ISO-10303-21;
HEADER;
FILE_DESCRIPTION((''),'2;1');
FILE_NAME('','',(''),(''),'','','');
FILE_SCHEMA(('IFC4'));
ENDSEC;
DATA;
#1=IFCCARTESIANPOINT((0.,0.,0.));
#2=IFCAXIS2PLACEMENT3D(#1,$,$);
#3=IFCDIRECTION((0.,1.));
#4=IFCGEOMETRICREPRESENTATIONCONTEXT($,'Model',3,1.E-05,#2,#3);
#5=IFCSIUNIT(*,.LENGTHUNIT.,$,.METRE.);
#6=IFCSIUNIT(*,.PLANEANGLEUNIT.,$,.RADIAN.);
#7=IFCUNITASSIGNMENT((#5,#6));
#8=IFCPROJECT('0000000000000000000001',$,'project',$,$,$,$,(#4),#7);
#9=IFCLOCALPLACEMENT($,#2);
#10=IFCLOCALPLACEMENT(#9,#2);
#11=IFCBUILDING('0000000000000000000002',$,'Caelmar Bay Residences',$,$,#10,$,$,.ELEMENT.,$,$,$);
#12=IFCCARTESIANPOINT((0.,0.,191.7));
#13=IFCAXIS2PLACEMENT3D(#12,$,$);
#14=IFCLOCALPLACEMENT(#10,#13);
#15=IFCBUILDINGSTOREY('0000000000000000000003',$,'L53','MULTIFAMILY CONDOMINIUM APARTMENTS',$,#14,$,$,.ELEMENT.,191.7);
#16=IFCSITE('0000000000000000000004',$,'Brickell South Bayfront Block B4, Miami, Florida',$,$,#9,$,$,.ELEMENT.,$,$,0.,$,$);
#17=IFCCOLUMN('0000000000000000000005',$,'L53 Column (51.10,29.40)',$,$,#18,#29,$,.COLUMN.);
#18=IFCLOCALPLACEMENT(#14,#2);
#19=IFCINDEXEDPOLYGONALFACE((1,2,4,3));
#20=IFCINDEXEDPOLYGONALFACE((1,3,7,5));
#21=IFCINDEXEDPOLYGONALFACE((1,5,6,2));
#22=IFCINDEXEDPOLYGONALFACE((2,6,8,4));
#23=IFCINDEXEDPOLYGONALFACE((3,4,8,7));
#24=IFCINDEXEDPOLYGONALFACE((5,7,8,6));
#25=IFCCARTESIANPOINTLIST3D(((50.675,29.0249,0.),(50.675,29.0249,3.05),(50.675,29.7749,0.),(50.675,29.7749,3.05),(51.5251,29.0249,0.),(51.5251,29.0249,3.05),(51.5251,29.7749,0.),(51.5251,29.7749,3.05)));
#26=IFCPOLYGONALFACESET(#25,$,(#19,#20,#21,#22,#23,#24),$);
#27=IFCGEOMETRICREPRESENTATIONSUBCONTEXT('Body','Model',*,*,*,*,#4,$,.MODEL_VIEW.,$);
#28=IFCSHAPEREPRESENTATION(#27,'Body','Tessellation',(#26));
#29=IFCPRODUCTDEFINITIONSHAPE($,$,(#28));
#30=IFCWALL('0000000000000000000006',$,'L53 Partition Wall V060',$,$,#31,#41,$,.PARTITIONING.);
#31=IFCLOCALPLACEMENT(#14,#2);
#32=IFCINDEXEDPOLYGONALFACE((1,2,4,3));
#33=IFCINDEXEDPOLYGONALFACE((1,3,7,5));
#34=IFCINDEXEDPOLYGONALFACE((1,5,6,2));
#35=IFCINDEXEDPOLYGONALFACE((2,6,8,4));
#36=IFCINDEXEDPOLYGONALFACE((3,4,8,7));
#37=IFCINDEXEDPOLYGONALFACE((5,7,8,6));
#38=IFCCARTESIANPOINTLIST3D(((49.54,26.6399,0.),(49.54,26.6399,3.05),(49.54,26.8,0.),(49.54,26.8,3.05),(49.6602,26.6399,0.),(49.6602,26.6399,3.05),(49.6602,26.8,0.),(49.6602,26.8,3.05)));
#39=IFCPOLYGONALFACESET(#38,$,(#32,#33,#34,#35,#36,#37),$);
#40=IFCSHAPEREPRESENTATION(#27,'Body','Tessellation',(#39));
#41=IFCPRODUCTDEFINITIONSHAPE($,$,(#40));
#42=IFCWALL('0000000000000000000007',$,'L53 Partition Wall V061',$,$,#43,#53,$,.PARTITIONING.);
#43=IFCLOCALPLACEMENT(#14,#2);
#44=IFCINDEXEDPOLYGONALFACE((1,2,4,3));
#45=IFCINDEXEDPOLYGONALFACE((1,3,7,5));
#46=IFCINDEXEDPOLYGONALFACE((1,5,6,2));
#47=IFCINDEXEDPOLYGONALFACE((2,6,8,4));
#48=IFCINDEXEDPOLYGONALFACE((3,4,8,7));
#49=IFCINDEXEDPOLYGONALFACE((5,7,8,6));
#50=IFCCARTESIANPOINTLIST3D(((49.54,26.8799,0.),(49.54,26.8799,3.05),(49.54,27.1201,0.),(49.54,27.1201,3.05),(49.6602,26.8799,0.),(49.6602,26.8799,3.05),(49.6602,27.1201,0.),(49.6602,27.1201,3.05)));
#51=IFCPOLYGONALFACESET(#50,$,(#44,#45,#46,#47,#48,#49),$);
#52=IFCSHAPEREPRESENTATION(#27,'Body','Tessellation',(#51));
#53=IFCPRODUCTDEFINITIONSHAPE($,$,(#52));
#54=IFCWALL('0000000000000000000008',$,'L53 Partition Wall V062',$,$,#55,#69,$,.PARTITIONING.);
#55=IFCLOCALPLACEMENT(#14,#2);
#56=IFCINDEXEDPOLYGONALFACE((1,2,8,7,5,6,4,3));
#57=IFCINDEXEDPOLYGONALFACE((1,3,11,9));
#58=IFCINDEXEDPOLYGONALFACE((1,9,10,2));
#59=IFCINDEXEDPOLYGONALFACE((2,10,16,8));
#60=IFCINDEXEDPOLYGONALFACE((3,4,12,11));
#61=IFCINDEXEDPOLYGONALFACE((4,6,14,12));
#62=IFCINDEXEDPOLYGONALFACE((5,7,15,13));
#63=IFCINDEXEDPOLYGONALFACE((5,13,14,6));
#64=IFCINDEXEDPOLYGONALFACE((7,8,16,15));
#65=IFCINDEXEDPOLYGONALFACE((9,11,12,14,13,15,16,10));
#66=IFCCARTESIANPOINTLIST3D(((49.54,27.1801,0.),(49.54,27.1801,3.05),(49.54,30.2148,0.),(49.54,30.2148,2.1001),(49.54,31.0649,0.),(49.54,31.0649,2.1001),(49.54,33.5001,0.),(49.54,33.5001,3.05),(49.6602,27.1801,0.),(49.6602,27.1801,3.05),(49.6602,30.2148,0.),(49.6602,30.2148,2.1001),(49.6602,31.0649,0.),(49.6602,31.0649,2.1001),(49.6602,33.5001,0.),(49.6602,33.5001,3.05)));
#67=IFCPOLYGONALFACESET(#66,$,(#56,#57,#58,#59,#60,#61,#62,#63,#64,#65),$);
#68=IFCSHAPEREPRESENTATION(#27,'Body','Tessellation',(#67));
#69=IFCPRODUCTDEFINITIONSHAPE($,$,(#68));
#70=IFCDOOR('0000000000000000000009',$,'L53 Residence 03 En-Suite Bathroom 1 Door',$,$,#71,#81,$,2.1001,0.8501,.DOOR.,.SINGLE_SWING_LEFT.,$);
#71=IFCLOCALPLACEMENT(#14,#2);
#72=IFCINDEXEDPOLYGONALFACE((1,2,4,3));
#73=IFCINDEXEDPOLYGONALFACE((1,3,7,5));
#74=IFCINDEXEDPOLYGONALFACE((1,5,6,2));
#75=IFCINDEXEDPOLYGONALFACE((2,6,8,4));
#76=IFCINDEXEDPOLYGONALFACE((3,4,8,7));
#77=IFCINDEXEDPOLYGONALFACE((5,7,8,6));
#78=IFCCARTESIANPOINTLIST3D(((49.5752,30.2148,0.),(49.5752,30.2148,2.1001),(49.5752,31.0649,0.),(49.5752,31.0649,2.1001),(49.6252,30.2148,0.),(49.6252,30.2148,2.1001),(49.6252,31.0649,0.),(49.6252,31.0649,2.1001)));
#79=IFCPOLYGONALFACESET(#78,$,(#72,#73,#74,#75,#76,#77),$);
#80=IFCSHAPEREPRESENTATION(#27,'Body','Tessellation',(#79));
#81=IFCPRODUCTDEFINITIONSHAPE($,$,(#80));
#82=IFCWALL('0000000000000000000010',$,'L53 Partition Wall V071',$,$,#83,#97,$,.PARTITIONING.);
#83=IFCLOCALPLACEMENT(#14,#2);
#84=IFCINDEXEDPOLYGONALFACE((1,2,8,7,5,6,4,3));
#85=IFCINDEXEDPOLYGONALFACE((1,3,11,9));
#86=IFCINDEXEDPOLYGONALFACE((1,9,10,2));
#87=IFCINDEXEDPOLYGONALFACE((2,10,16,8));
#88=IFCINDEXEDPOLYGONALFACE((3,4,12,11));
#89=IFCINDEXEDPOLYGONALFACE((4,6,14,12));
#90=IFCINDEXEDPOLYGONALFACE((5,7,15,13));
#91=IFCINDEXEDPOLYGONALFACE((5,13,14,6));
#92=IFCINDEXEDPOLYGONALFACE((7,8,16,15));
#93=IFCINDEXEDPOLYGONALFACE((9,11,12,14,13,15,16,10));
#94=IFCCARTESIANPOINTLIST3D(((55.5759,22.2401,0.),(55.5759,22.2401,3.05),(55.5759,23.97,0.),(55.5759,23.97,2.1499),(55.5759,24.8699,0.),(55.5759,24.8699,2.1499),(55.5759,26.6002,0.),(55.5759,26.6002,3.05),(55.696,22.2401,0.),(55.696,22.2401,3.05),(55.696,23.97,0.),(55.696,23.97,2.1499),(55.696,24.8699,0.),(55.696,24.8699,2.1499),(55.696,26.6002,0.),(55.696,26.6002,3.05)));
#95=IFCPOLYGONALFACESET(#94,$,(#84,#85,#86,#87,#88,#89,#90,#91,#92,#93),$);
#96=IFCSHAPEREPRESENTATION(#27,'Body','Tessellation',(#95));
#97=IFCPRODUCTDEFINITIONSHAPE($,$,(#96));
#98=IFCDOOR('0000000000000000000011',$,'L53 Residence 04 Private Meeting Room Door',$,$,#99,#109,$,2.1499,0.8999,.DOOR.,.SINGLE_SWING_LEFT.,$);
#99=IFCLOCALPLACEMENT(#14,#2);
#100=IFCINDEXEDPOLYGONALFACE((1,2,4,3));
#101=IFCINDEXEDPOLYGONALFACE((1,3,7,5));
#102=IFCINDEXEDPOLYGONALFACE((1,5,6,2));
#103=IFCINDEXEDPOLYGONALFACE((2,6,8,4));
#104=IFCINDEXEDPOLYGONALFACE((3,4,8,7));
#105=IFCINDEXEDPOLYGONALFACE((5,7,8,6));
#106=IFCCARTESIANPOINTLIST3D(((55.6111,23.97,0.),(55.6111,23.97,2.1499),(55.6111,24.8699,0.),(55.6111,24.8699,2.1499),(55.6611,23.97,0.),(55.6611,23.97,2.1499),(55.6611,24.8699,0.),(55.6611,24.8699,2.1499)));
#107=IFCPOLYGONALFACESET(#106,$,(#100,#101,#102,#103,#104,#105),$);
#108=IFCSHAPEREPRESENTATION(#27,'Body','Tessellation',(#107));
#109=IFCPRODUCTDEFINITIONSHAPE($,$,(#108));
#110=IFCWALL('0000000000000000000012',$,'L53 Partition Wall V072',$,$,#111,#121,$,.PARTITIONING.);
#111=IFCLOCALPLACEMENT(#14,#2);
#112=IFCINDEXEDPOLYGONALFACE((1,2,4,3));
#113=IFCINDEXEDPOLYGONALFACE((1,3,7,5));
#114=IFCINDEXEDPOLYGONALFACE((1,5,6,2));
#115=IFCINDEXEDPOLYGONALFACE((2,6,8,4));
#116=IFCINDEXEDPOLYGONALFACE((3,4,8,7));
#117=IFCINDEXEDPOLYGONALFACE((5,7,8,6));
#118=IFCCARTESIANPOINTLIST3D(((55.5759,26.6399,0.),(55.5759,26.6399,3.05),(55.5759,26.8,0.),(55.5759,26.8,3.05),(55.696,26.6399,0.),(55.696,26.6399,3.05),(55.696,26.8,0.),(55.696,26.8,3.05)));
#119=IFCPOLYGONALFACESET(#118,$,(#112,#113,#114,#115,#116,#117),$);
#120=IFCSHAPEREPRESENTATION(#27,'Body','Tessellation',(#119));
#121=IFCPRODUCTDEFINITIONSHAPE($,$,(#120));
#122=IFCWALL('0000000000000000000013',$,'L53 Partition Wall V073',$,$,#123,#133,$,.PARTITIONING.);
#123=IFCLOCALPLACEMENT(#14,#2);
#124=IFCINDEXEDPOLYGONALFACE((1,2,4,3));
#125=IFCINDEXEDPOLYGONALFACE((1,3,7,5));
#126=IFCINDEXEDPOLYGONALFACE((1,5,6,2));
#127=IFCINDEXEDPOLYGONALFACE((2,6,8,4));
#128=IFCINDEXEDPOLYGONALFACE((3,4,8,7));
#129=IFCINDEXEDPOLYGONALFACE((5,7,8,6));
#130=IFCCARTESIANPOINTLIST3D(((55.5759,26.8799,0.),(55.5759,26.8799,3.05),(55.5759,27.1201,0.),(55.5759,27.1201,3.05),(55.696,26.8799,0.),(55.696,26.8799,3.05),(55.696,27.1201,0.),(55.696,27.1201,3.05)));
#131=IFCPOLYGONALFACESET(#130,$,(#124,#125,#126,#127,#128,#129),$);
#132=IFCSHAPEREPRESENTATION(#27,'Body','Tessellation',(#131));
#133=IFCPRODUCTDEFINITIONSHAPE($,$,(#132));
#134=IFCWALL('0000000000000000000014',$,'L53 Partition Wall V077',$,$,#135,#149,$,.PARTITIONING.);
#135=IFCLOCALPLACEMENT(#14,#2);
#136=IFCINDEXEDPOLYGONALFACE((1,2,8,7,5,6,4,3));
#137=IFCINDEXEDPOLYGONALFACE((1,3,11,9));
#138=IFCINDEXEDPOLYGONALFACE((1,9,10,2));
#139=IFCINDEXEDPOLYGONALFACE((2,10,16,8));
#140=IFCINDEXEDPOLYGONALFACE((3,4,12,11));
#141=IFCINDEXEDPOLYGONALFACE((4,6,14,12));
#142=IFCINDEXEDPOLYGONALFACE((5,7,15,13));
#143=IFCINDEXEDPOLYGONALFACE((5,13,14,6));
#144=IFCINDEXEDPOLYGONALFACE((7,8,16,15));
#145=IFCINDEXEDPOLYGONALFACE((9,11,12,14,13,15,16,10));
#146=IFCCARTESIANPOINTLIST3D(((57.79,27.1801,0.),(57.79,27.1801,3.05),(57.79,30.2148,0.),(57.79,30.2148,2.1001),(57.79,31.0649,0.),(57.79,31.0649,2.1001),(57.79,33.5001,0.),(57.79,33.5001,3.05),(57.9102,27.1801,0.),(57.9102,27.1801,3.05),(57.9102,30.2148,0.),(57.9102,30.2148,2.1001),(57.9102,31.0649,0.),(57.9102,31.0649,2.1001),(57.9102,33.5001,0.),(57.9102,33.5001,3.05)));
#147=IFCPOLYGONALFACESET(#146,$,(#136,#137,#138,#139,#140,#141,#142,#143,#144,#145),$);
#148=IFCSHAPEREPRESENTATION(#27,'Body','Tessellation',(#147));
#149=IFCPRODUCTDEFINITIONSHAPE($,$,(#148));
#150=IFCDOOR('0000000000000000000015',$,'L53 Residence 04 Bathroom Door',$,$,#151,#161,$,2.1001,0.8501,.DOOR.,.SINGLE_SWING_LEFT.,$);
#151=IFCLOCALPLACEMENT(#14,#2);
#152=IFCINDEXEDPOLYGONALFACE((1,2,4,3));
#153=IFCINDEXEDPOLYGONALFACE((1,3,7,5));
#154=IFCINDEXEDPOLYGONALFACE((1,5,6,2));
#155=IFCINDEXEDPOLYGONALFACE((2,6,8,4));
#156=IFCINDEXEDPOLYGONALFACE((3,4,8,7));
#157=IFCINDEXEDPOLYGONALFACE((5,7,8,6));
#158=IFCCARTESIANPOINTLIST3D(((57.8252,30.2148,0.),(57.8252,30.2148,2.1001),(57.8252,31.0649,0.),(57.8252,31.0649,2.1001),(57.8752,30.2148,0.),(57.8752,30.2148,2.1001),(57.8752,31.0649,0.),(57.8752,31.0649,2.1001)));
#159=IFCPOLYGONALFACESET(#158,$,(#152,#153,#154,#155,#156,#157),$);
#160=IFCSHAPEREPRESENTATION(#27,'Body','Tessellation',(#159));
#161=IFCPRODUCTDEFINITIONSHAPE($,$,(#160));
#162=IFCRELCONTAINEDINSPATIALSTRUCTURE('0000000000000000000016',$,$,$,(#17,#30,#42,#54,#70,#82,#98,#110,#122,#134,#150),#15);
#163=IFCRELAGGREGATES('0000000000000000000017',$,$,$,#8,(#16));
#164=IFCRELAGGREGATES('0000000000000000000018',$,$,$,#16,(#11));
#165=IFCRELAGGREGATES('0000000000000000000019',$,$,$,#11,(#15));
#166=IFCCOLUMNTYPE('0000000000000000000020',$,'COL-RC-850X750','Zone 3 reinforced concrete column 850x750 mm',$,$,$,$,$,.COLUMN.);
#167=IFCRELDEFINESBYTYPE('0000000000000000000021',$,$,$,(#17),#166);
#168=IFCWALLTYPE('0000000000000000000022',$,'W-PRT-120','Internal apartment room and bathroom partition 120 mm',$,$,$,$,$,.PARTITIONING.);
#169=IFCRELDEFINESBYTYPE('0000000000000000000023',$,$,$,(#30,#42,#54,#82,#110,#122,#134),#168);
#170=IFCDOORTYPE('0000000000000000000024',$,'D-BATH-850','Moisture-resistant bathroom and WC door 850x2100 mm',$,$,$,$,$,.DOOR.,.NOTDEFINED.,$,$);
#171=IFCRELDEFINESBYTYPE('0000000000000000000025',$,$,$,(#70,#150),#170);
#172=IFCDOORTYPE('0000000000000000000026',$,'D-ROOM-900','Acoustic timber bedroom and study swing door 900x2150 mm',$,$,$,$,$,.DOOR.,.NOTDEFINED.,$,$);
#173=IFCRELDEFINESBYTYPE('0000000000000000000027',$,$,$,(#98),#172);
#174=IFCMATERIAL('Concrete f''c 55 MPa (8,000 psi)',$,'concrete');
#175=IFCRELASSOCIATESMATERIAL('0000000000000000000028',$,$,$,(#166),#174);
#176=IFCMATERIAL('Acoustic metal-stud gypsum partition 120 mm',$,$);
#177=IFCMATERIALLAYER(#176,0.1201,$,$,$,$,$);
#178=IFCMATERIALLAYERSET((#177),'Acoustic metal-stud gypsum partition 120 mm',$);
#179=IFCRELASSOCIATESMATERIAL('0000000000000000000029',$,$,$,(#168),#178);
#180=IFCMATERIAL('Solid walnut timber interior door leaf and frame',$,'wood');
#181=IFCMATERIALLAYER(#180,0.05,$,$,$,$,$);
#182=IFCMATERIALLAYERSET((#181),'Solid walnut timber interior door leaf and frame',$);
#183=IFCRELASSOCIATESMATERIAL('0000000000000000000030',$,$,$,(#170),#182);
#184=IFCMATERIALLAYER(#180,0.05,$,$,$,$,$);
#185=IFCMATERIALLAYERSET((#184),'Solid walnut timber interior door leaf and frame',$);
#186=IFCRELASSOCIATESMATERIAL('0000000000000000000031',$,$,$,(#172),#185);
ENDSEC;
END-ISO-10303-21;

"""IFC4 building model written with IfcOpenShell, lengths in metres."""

from ifc_helpers import new_model, si_unit, direction, frame, frame_2d, origin, origin_2d, place, context, subcontext, project, spatial, rectangle, extrude, material, layer, layer_set, material_profile, profile_set, type_object, element, fill, save


model = new_model("IFC4")

# Units and contexts
model_context = context("Model", 3, precision=1e-05, world=origin(), true_north=direction((0.0, 1.0)))
body_context = subcontext(model_context, "Body", "Model", "MODEL_VIEW")
ifc_project = project(units=[si_unit("LENGTHUNIT", "METRE"), si_unit("PLANEANGLEUNIT", "RADIAN")], contexts=[model_context])

# Site, building, storey
site_placement = place(None, origin())
site = spatial("IfcSite", under=ifc_project, at=site_placement, Name="Brickell South Bayfront Block B4, Miami, Florida", CompositionType="ELEMENT", RefElevation=0.0)
building_placement = place(site_placement, origin())
building = spatial("IfcBuilding", under=site, at=building_placement, Name="Caelmar Bay Residences", CompositionType="ELEMENT")
storey_placement = place(building_placement, frame((0.0, 0.0, 191.7)))
storey = spatial("IfcBuildingStorey", under=building, at=storey_placement, Name="L53", Description="MULTIFAMILY CONDOMINIUM APARTMENTS", CompositionType="ELEMENT", Elevation=191.7)

# Column
ifc_material_1 = material(Name="Concrete f'c 55 MPa (8,000 psi)", Category="concrete")
ifc_material_profile = material_profile(ifc_material_1, rectangle(XDim=0.8501, YDim=0.75, at=origin_2d()), Name="RC-COL-850X750")
ifc_profile_set = profile_set([ifc_material_profile], Name="Concrete f'c 55 MPa (8,000 psi)")
column_type = type_object("IfcColumnType", Name="COL-RC-850X750", Description="Zone 3 reinforced concrete column 850x750 mm", PredefinedType="COLUMN", material=ifc_profile_set)
column_placement = place(storey_placement, frame((51.1001, 29.3999, 0.0), z_axis=(0.0, 0.0, 1.0), x_axis=(1.0, 0.0, 0.0)))
element("IfcColumn", 1, at=column_placement, inside=storey, type_object=column_type, Name="L53 Column (51.10,29.40)", PredefinedType="COLUMN", context=body_context, shape_type="SweptSolid", body=[
    extrude(rectangle(XDim=0.8501, YDim=0.75, at=origin_2d()), origin(), (0.0, 0.0, 1.0), 3.05),
])

# Walls
ifc_material_2 = material(Name="Acoustic metal-stud gypsum partition 120 mm")
ifc_layer_1 = layer(ifc_material_2, 0.1201)
ifc_layer_set_1 = layer_set([ifc_layer_1], Name="Acoustic metal-stud gypsum partition 120 mm")
wall_type_1 = type_object("IfcWallType", Name="W-PRT-120", Description="Internal apartment room and bathroom partition 120 mm", PredefinedType="PARTITIONING", material=ifc_layer_set_1)
wall_1_placement = place(storey_placement, frame((49.6001, 26.6399, 0.0), z_axis=(0.0, 0.0, 1.0), x_axis=(0.0, 1.0, 0.0)))
element("IfcWall", 2, at=wall_1_placement, inside=storey, type_object=wall_type_1, Name="L53 Partition Wall V060", PredefinedType="PARTITIONING", context=body_context, shape_type="SweptSolid", body=[
    extrude(rectangle(XDim=0.1602, YDim=0.1201, at=frame_2d((0.0801, 0.0))), origin(), (0.0, 0.0, 1.0), 3.05),
])
wall_2_placement = place(storey_placement, frame((49.6001, 26.8799, 0.0), z_axis=(0.0, 0.0, 1.0), x_axis=(0.0, 1.0, 0.0)))
element("IfcWall", 3, at=wall_2_placement, inside=storey, type_object=wall_type_1, Name="L53 Partition Wall V061", PredefinedType="PARTITIONING", context=body_context, shape_type="SweptSolid", body=[
    extrude(rectangle(XDim=0.2402, YDim=0.1201, at=frame_2d((0.1201, 0.0))), origin(), (0.0, 0.0, 1.0), 3.05),
])

# Walls, openings, doors
wall_3_placement = place(storey_placement, frame((49.6001, 27.1799, 0.0), z_axis=(0.0, 0.0, 1.0), x_axis=(0.0, 1.0, 0.0)))
wall_3 = element("IfcWall", 4, at=wall_3_placement, inside=storey, type_object=wall_type_1, Name="L53 Partition Wall V062", PredefinedType="PARTITIONING", context=body_context, shape_type="SweptSolid", body=[
    extrude(rectangle(XDim=6.3201, YDim=0.1201, at=frame_2d((3.1602, 0.0))), origin(), (0.0, 0.0, 1.0), 3.05),
])
opening_1_placement = place(wall_3_placement, frame((3.0349, 0.0, 0.0)))
opening_1 = element("IfcOpeningElement", 5, at=opening_1_placement, cuts=wall_3, PredefinedType="OPENING", context=body_context, shape_type="SweptSolid", body=[
    extrude(rectangle(XDim=0.8501, YDim=2.1001, at=frame_2d((0.425, 1.05))), frame((0.0, 0.0701, 0.0), z_axis=(0.0, -1.0, 0.0), x_axis=(1.0, 0.0, 0.0)), (0.0, 0.0, 1.0), 0.1401),
])
ifc_material_3 = material(Name="Solid walnut timber interior door leaf and frame", Category="wood")
ifc_layer_2 = layer(ifc_material_3, 0.05)
ifc_layer_set_2 = layer_set([ifc_layer_2], Name="Solid walnut timber interior door leaf and frame")
door_type_1 = type_object("IfcDoorType", Name="D-BATH-850", Description="Moisture-resistant bathroom and WC door 850x2100 mm", OperationType="NOTDEFINED", PredefinedType="DOOR", material=ifc_layer_set_2)
door_1_placement = place(opening_1_placement, origin())
door_1 = element("IfcDoor", 6, at=door_1_placement, inside=storey, type_object=door_type_1, Name="L53 Residence 03 En-Suite Bathroom 1 Door", OperationType="SINGLE_SWING_LEFT", OverallHeight=2.1001, OverallWidth=0.8501, PredefinedType="DOOR", context=body_context, shape_type="SweptSolid", body=[
    extrude(rectangle(XDim=0.8501, YDim=2.1001, at=frame_2d((0.425, 1.05))), frame((0.0, 0.0249, 0.0), z_axis=(0.0, -1.0, 0.0), x_axis=(1.0, 0.0, 0.0)), (0.0, 0.0, 1.0), 0.05),
])
fill(opening_1, door_1)
wall_4_placement = place(storey_placement, frame((55.636, 22.24, 0.0), z_axis=(0.0, 0.0, 1.0), x_axis=(0.0, 1.0, 0.0)))
wall_4 = element("IfcWall", 7, at=wall_4_placement, inside=storey, type_object=wall_type_1, Name="L53 Partition Wall V071", PredefinedType="PARTITIONING", context=body_context, shape_type="SweptSolid", body=[
    extrude(rectangle(XDim=4.3601, YDim=0.1201, at=frame_2d((2.1802, 0.0))), origin(), (0.0, 0.0, 1.0), 3.05),
])
opening_2_placement = place(wall_4_placement, frame((1.73, 0.0, 0.0)))
opening_2 = element("IfcOpeningElement", 8, at=opening_2_placement, cuts=wall_4, PredefinedType="OPENING", context=body_context, shape_type="SweptSolid", body=[
    extrude(rectangle(XDim=0.8999, YDim=2.1499, at=frame_2d((0.45, 1.075))), frame((0.0, 0.0701, 0.0), z_axis=(0.0, -1.0, 0.0), x_axis=(1.0, 0.0, 0.0)), (0.0, 0.0, 1.0), 0.1401),
])
ifc_layer_3 = layer(ifc_material_3, 0.05)
ifc_layer_set_3 = layer_set([ifc_layer_3], Name="Solid walnut timber interior door leaf and frame")
door_type_2 = type_object("IfcDoorType", Name="D-ROOM-900", Description="Acoustic timber bedroom and study swing door 900x2150 mm", OperationType="NOTDEFINED", PredefinedType="DOOR", material=ifc_layer_set_3)
door_2_placement = place(opening_2_placement, origin())
door_2 = element("IfcDoor", 9, at=door_2_placement, inside=storey, type_object=door_type_2, Name="L53 Residence 04 Private Meeting Room Door", OperationType="SINGLE_SWING_LEFT", OverallHeight=2.1499, OverallWidth=0.8999, PredefinedType="DOOR", context=body_context, shape_type="SweptSolid", body=[
    extrude(rectangle(XDim=0.8999, YDim=2.1499, at=frame_2d((0.45, 1.075))), frame((0.0, 0.0249, 0.0), z_axis=(0.0, -1.0, 0.0), x_axis=(1.0, 0.0, 0.0)), (0.0, 0.0, 1.0), 0.05),
])
fill(opening_2, door_2)

# Walls
wall_5_placement = place(storey_placement, frame((55.636, 26.6399, 0.0), z_axis=(0.0, 0.0, 1.0), x_axis=(0.0, 1.0, 0.0)))
element("IfcWall", 10, at=wall_5_placement, inside=storey, type_object=wall_type_1, Name="L53 Partition Wall V072", PredefinedType="PARTITIONING", context=body_context, shape_type="SweptSolid", body=[
    extrude(rectangle(XDim=0.1602, YDim=0.1201, at=frame_2d((0.0801, 0.0))), origin(), (0.0, 0.0, 1.0), 3.05),
])
wall_6_placement = place(storey_placement, frame((55.636, 26.8799, 0.0), z_axis=(0.0, 0.0, 1.0), x_axis=(0.0, 1.0, 0.0)))
element("IfcWall", 11, at=wall_6_placement, inside=storey, type_object=wall_type_1, Name="L53 Partition Wall V073", PredefinedType="PARTITIONING", context=body_context, shape_type="SweptSolid", body=[
    extrude(rectangle(XDim=0.2402, YDim=0.1201, at=frame_2d((0.1201, 0.0))), origin(), (0.0, 0.0, 1.0), 3.05),
])

# Wall, opening, door
wall_7_placement = place(storey_placement, frame((57.8501, 27.1799, 0.0), z_axis=(0.0, 0.0, 1.0), x_axis=(0.0, 1.0, 0.0)))
wall_7 = element("IfcWall", 12, at=wall_7_placement, inside=storey, type_object=wall_type_1, Name="L53 Partition Wall V077", PredefinedType="PARTITIONING", context=body_context, shape_type="SweptSolid", body=[
    extrude(rectangle(XDim=6.3201, YDim=0.1201, at=frame_2d((3.1602, 0.0))), origin(), (0.0, 0.0, 1.0), 3.05),
])
opening_3_placement = place(wall_7_placement, frame((3.0349, 0.0, 0.0)))
opening_3 = element("IfcOpeningElement", 13, at=opening_3_placement, cuts=wall_7, PredefinedType="OPENING", context=body_context, shape_type="SweptSolid", body=[
    extrude(rectangle(XDim=0.8501, YDim=2.1001, at=frame_2d((0.425, 1.05))), frame((0.0, 0.0701, 0.0), z_axis=(0.0, -1.0, 0.0), x_axis=(1.0, 0.0, 0.0)), (0.0, 0.0, 1.0), 0.1401),
])
door_3_placement = place(opening_3_placement, origin())
door_3 = element("IfcDoor", 14, at=door_3_placement, inside=storey, type_object=door_type_1, Name="L53 Residence 04 Bathroom Door", OperationType="SINGLE_SWING_LEFT", OverallHeight=2.1001, OverallWidth=0.8501, PredefinedType="DOOR", context=body_context, shape_type="SweptSolid", body=[
    extrude(rectangle(XDim=0.8501, YDim=2.1001, at=frame_2d((0.425, 1.05))), frame((0.0, 0.0249, 0.0), z_axis=(0.0, -1.0, 0.0), x_axis=(1.0, 0.0, 0.0)), (0.0, 0.0, 1.0), 0.05),
])
fill(opening_3, door_3)

save(model, "model.ifc")
